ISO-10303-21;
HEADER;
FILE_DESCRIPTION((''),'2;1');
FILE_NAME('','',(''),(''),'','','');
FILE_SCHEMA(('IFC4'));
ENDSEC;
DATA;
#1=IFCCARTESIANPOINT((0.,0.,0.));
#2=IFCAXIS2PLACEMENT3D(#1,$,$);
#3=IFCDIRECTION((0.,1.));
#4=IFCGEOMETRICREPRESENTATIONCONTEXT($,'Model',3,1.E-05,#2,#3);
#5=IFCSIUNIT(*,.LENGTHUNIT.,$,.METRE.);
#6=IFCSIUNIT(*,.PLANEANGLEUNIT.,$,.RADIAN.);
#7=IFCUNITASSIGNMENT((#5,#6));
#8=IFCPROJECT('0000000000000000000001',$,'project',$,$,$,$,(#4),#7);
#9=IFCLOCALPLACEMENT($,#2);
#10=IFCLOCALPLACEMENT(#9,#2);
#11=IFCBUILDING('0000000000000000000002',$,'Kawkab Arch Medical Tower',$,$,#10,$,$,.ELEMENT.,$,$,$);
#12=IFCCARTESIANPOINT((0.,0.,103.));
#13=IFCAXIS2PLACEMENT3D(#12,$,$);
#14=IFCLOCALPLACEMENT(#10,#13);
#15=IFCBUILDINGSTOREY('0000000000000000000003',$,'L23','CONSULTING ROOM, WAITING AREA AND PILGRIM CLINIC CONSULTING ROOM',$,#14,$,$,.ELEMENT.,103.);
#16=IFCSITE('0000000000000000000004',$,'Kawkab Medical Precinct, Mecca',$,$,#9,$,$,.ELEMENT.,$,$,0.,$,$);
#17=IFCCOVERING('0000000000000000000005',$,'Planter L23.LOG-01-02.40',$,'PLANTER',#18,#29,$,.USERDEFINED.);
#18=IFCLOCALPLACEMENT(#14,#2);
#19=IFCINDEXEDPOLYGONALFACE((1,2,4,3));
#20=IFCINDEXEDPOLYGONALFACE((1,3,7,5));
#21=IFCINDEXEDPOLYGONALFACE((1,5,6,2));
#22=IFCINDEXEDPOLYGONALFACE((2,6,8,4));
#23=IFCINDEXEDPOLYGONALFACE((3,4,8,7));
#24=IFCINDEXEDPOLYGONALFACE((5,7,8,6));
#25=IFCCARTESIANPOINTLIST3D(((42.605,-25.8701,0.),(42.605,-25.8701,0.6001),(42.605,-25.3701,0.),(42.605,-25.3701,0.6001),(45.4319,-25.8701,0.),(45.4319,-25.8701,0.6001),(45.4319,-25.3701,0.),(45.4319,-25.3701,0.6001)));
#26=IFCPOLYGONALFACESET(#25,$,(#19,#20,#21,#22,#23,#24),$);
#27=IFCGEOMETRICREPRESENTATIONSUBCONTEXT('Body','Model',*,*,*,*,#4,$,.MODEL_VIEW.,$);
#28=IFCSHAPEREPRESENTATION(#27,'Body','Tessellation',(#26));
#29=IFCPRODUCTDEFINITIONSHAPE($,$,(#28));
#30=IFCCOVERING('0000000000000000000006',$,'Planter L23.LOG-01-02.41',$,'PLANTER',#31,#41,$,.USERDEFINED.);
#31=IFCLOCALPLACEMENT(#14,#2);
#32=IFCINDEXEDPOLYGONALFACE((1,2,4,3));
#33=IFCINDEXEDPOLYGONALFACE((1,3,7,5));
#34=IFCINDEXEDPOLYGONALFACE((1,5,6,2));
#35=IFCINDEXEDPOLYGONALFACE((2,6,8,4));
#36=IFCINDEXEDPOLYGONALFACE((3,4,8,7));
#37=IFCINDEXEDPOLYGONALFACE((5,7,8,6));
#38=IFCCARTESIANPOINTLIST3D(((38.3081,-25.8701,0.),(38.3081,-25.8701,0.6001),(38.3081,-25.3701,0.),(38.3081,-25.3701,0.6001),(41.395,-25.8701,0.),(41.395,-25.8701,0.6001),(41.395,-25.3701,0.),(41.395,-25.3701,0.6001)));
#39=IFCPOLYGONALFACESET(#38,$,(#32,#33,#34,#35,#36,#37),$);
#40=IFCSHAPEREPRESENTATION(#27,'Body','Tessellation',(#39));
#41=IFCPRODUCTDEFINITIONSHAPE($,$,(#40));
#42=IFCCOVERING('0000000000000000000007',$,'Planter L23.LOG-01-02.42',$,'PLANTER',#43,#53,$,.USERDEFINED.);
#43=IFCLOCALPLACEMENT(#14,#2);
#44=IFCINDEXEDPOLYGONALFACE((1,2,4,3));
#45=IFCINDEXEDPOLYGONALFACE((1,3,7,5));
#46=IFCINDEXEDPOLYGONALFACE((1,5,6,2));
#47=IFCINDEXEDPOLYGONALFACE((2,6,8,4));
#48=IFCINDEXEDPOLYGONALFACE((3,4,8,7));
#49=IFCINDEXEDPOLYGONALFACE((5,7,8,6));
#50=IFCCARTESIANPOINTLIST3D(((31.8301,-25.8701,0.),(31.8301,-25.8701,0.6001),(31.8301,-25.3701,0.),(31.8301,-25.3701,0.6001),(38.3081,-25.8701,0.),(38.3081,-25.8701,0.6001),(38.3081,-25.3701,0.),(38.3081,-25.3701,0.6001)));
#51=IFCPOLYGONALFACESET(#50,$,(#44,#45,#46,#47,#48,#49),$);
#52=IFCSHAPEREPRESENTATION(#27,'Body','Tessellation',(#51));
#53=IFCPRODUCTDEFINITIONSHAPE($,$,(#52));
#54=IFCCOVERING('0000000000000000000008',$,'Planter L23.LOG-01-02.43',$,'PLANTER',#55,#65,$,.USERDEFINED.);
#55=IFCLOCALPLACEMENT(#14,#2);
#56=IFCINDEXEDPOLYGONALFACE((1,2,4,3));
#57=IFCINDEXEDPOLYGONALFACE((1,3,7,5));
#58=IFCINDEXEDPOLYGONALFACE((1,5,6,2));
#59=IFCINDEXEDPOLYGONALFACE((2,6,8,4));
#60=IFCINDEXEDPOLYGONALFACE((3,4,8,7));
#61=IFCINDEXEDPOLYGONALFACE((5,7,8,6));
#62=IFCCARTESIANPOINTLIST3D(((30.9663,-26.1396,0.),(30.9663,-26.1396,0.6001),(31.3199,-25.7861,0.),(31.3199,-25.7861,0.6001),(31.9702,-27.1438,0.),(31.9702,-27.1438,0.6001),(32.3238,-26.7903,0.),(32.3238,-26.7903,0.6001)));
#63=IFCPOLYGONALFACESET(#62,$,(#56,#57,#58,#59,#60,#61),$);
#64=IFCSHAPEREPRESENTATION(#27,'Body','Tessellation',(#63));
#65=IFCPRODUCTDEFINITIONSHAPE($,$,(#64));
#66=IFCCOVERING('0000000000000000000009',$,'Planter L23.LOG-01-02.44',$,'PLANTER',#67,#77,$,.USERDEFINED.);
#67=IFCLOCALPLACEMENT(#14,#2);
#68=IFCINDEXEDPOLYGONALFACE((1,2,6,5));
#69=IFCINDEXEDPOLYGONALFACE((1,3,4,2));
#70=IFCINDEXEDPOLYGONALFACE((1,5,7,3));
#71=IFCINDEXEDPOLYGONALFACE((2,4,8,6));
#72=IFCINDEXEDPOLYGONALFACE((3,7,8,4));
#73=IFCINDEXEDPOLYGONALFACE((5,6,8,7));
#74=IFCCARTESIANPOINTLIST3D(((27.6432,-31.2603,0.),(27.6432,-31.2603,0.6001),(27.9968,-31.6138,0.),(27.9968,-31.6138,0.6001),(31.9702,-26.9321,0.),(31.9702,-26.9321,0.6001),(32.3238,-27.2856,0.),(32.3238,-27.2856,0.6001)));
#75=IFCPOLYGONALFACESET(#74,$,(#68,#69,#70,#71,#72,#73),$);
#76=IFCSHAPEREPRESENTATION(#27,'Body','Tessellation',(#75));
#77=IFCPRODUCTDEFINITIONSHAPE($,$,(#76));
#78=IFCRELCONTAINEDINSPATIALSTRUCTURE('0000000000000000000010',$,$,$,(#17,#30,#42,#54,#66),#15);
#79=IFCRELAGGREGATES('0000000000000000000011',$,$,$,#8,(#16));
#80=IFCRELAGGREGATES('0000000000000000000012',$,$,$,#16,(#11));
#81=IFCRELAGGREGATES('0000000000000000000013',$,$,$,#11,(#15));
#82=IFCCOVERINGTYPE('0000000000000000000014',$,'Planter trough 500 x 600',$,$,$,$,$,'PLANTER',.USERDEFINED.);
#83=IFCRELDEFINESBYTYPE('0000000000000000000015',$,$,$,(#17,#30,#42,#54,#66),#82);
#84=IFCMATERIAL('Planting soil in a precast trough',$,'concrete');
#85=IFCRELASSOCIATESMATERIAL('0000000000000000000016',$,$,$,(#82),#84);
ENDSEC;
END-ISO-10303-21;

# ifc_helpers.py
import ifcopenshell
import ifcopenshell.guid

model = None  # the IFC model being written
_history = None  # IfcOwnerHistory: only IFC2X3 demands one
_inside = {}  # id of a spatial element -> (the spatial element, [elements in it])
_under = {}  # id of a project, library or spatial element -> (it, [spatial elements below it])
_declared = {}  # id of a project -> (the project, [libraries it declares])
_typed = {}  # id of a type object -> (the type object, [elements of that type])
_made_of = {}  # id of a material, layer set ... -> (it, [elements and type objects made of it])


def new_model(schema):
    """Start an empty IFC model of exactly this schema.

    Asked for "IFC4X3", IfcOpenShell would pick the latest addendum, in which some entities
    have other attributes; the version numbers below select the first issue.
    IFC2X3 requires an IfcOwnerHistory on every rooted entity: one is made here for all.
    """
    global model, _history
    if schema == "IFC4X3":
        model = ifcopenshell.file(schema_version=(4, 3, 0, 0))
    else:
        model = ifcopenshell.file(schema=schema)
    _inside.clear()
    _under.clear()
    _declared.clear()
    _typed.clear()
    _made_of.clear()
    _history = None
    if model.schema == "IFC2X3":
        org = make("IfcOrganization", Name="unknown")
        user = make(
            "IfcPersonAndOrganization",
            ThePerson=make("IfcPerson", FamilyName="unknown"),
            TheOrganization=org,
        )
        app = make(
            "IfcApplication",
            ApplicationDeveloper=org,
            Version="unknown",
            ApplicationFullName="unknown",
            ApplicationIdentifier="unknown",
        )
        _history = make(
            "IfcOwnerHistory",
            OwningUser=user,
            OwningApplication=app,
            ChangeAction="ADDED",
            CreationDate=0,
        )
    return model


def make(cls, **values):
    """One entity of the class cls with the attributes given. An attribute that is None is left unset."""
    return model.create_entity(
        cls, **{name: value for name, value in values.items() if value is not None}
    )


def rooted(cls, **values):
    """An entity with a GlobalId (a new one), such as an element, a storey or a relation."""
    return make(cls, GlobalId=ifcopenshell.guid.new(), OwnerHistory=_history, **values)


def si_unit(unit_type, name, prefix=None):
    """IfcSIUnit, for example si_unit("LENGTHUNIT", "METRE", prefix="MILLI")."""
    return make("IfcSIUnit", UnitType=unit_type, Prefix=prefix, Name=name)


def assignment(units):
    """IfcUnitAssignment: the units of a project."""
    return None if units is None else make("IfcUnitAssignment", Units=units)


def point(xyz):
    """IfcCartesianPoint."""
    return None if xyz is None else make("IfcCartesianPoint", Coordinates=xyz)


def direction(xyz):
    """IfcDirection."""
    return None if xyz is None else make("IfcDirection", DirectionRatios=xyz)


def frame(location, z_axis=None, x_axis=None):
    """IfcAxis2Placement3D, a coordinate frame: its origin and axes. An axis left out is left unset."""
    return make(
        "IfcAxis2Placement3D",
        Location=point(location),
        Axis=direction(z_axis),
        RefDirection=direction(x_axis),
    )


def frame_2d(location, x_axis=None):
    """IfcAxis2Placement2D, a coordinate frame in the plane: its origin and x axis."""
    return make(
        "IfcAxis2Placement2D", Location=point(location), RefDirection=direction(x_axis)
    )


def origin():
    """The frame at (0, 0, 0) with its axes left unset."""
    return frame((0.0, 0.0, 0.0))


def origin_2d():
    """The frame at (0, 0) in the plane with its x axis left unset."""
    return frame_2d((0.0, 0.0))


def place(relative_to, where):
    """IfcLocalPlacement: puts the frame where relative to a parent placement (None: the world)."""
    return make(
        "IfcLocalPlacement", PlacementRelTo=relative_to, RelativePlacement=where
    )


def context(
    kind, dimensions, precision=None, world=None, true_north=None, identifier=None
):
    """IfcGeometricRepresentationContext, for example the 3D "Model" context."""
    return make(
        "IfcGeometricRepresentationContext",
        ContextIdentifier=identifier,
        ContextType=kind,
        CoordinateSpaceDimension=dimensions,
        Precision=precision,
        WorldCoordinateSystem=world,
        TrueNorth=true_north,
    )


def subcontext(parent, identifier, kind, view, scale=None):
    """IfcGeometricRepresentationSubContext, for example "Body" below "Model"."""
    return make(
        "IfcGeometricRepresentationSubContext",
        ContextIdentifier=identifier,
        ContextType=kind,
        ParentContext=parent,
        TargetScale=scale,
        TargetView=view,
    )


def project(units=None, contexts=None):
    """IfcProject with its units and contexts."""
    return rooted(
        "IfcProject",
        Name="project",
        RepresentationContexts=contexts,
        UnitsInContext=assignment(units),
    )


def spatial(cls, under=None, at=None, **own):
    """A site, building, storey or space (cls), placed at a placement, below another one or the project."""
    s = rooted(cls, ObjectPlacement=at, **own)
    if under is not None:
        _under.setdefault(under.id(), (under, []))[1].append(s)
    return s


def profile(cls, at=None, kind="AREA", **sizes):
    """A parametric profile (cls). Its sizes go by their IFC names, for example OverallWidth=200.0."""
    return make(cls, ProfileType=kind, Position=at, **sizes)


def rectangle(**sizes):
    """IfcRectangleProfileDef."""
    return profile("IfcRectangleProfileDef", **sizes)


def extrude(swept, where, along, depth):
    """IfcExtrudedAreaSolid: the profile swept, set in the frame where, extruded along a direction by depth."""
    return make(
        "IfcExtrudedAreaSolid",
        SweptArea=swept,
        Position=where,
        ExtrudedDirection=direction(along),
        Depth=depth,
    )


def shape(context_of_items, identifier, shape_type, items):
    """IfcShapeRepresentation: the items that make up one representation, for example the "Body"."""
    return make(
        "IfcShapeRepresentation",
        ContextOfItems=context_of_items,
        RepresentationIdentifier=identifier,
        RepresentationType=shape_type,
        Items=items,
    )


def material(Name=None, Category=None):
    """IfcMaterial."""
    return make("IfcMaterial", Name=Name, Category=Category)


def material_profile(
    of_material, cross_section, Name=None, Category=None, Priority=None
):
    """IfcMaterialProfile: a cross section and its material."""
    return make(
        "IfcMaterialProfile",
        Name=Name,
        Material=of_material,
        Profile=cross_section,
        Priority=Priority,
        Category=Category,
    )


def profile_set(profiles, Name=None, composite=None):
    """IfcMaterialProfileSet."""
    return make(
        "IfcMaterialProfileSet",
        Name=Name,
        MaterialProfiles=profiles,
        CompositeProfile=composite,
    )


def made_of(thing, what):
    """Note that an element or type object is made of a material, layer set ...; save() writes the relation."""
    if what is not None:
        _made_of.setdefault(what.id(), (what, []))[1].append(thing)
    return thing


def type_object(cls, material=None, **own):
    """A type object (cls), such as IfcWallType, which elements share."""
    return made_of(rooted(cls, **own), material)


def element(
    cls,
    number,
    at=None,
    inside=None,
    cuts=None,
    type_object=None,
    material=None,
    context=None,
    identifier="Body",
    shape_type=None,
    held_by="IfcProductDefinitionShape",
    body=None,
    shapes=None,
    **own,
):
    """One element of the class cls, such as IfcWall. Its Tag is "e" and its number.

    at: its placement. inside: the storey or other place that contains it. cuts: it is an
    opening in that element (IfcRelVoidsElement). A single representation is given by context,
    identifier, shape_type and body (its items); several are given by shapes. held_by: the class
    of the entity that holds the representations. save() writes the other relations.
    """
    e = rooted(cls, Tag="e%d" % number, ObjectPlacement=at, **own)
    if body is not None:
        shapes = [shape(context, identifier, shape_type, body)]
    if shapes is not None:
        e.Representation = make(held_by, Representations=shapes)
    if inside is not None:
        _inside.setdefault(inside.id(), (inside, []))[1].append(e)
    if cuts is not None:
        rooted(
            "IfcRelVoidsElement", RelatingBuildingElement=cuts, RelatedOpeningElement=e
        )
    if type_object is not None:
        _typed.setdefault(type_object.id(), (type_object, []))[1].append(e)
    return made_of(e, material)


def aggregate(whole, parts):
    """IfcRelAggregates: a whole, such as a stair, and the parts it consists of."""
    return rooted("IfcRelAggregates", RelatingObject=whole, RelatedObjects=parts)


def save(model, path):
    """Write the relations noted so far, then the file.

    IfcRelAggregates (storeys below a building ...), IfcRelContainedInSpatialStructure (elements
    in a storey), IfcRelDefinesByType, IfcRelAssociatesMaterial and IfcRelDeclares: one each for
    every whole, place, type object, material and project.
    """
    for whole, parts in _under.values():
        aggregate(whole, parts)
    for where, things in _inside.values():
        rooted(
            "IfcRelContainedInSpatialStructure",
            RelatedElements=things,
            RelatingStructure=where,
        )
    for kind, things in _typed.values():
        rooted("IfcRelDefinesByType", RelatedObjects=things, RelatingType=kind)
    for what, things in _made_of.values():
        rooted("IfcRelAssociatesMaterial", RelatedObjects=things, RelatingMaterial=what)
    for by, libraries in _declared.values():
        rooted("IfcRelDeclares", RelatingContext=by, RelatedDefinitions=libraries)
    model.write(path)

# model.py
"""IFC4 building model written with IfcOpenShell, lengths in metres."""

from ifc_helpers import new_model, si_unit, direction, frame, origin, origin_2d, place, context, subcontext, project, spatial, rectangle, extrude, material, material_profile, profile_set, type_object, element, save


model = new_model("IFC4")

# Units and contexts
model_context = context("Model", 3, precision=1e-05, world=origin(), true_north=direction((0.0, 1.0)))
body_context = subcontext(model_context, "Body", "Model", "MODEL_VIEW")
ifc_project = project(units=[si_unit("LENGTHUNIT", "METRE"), si_unit("PLANEANGLEUNIT", "RADIAN")], contexts=[model_context])

# Site, building, storey
site_placement = place(None, origin())
site = spatial("IfcSite", under=ifc_project, at=site_placement, Name="Kawkab Medical Precinct, Mecca", CompositionType="ELEMENT", RefElevation=0.0)
building_placement = place(site_placement, origin())
building = spatial("IfcBuilding", under=site, at=building_placement, Name="Kawkab Arch Medical Tower", CompositionType="ELEMENT")
storey_placement = place(building_placement, frame((0.0, 0.0, 103.0)))
storey = spatial("IfcBuildingStorey", under=building, at=storey_placement, Name="L23", Description="CONSULTING ROOM, WAITING AREA AND PILGRIM CLINIC CONSULTING ROOM", CompositionType="ELEMENT", Elevation=103.0)

# Coverings
ifc_material_1 = material(Name="Planting soil in a precast trough", Category="concrete")
ifc_material_profile_1 = material_profile(ifc_material_1, rectangle(XDim=0.5, YDim=0.6001, at=origin_2d()), Name="Trough 500x600")
ifc_profile_set_1 = profile_set([ifc_material_profile_1], Name="Planting soil in a precast trough")
covering_type_1 = type_object("IfcCoveringType", Name="Planter trough 500 x 600", ElementType="PLANTER", PredefinedType="USERDEFINED", material=ifc_profile_set_1)
covering_1_placement = place(storey_placement, frame((45.4319, -25.6201, 0.3), z_axis=(-1.0, 0.0, 0.0), x_axis=(0.0, -1.0, 0.0)))
element("IfcCovering", 1, at=covering_1_placement, inside=storey, type_object=covering_type_1, Name="Planter L23.LOG-01-02.40", ObjectType="PLANTER", PredefinedType="USERDEFINED", context=body_context, shape_type="SweptSolid", body=[
    extrude(rectangle(XDim=0.5, YDim=0.6001, at=origin_2d()), origin(), (0.0, 0.0, 1.0), 2.8269),
])
covering_2_placement = place(storey_placement, frame((41.395, -25.6201, 0.3), z_axis=(-1.0, 0.0, 0.0), x_axis=(0.0, -1.0, 0.0)))
element("IfcCovering", 2, at=covering_2_placement, inside=storey, type_object=covering_type_1, Name="Planter L23.LOG-01-02.41", ObjectType="PLANTER", PredefinedType="USERDEFINED", context=body_context, shape_type="SweptSolid", body=[
    extrude(rectangle(XDim=0.5, YDim=0.6001, at=origin_2d()), origin(), (0.0, 0.0, 1.0), 3.0869),
])
covering_3_placement = place(storey_placement, frame((38.3081, -25.6201, 0.3), z_axis=(-1.0, 0.0, 0.0), x_axis=(0.0, -1.0, 0.0)))
element("IfcCovering", 3, at=covering_3_placement, inside=storey, type_object=covering_type_1, Name="Planter L23.LOG-01-02.42", ObjectType="PLANTER", PredefinedType="USERDEFINED", context=body_context, shape_type="SweptSolid", body=[
    extrude(rectangle(XDim=0.5, YDim=0.6001, at=origin_2d()), origin(), (0.0, 0.0, 1.0), 6.478),
])
covering_4_placement = place(storey_placement, frame((31.1431, -25.9629, 0.3), z_axis=(0.707021, -0.707193, 0.0), x_axis=(0.707193, 0.707021, 0.0)))
element("IfcCovering", 4, at=covering_4_placement, inside=storey, type_object=covering_type_1, Name="Planter L23.LOG-01-02.43", ObjectType="PLANTER", PredefinedType="USERDEFINED", context=body_context, shape_type="SweptSolid", body=[
    extrude(rectangle(XDim=0.5, YDim=0.6001, at=origin_2d()), origin(), (0.0, 0.0, 1.0), 1.4199),
])
covering_5_placement = place(storey_placement, frame((32.147, -27.1089, 0.3), z_axis=(-0.707007, -0.707207, 0.0), x_axis=(0.707207, -0.707007, 0.0)))
element("IfcCovering", 5, at=covering_5_placement, inside=storey, type_object=covering_type_1, Name="Planter L23.LOG-01-02.44", ObjectType="PLANTER", PredefinedType="USERDEFINED", context=body_context, shape_type="SweptSolid", body=[
    extrude(rectangle(XDim=0.5, YDim=0.6001, at=origin_2d()), origin(), (0.0, 0.0, 1.0), 6.1201),
])

save(model, "model.ifc")
